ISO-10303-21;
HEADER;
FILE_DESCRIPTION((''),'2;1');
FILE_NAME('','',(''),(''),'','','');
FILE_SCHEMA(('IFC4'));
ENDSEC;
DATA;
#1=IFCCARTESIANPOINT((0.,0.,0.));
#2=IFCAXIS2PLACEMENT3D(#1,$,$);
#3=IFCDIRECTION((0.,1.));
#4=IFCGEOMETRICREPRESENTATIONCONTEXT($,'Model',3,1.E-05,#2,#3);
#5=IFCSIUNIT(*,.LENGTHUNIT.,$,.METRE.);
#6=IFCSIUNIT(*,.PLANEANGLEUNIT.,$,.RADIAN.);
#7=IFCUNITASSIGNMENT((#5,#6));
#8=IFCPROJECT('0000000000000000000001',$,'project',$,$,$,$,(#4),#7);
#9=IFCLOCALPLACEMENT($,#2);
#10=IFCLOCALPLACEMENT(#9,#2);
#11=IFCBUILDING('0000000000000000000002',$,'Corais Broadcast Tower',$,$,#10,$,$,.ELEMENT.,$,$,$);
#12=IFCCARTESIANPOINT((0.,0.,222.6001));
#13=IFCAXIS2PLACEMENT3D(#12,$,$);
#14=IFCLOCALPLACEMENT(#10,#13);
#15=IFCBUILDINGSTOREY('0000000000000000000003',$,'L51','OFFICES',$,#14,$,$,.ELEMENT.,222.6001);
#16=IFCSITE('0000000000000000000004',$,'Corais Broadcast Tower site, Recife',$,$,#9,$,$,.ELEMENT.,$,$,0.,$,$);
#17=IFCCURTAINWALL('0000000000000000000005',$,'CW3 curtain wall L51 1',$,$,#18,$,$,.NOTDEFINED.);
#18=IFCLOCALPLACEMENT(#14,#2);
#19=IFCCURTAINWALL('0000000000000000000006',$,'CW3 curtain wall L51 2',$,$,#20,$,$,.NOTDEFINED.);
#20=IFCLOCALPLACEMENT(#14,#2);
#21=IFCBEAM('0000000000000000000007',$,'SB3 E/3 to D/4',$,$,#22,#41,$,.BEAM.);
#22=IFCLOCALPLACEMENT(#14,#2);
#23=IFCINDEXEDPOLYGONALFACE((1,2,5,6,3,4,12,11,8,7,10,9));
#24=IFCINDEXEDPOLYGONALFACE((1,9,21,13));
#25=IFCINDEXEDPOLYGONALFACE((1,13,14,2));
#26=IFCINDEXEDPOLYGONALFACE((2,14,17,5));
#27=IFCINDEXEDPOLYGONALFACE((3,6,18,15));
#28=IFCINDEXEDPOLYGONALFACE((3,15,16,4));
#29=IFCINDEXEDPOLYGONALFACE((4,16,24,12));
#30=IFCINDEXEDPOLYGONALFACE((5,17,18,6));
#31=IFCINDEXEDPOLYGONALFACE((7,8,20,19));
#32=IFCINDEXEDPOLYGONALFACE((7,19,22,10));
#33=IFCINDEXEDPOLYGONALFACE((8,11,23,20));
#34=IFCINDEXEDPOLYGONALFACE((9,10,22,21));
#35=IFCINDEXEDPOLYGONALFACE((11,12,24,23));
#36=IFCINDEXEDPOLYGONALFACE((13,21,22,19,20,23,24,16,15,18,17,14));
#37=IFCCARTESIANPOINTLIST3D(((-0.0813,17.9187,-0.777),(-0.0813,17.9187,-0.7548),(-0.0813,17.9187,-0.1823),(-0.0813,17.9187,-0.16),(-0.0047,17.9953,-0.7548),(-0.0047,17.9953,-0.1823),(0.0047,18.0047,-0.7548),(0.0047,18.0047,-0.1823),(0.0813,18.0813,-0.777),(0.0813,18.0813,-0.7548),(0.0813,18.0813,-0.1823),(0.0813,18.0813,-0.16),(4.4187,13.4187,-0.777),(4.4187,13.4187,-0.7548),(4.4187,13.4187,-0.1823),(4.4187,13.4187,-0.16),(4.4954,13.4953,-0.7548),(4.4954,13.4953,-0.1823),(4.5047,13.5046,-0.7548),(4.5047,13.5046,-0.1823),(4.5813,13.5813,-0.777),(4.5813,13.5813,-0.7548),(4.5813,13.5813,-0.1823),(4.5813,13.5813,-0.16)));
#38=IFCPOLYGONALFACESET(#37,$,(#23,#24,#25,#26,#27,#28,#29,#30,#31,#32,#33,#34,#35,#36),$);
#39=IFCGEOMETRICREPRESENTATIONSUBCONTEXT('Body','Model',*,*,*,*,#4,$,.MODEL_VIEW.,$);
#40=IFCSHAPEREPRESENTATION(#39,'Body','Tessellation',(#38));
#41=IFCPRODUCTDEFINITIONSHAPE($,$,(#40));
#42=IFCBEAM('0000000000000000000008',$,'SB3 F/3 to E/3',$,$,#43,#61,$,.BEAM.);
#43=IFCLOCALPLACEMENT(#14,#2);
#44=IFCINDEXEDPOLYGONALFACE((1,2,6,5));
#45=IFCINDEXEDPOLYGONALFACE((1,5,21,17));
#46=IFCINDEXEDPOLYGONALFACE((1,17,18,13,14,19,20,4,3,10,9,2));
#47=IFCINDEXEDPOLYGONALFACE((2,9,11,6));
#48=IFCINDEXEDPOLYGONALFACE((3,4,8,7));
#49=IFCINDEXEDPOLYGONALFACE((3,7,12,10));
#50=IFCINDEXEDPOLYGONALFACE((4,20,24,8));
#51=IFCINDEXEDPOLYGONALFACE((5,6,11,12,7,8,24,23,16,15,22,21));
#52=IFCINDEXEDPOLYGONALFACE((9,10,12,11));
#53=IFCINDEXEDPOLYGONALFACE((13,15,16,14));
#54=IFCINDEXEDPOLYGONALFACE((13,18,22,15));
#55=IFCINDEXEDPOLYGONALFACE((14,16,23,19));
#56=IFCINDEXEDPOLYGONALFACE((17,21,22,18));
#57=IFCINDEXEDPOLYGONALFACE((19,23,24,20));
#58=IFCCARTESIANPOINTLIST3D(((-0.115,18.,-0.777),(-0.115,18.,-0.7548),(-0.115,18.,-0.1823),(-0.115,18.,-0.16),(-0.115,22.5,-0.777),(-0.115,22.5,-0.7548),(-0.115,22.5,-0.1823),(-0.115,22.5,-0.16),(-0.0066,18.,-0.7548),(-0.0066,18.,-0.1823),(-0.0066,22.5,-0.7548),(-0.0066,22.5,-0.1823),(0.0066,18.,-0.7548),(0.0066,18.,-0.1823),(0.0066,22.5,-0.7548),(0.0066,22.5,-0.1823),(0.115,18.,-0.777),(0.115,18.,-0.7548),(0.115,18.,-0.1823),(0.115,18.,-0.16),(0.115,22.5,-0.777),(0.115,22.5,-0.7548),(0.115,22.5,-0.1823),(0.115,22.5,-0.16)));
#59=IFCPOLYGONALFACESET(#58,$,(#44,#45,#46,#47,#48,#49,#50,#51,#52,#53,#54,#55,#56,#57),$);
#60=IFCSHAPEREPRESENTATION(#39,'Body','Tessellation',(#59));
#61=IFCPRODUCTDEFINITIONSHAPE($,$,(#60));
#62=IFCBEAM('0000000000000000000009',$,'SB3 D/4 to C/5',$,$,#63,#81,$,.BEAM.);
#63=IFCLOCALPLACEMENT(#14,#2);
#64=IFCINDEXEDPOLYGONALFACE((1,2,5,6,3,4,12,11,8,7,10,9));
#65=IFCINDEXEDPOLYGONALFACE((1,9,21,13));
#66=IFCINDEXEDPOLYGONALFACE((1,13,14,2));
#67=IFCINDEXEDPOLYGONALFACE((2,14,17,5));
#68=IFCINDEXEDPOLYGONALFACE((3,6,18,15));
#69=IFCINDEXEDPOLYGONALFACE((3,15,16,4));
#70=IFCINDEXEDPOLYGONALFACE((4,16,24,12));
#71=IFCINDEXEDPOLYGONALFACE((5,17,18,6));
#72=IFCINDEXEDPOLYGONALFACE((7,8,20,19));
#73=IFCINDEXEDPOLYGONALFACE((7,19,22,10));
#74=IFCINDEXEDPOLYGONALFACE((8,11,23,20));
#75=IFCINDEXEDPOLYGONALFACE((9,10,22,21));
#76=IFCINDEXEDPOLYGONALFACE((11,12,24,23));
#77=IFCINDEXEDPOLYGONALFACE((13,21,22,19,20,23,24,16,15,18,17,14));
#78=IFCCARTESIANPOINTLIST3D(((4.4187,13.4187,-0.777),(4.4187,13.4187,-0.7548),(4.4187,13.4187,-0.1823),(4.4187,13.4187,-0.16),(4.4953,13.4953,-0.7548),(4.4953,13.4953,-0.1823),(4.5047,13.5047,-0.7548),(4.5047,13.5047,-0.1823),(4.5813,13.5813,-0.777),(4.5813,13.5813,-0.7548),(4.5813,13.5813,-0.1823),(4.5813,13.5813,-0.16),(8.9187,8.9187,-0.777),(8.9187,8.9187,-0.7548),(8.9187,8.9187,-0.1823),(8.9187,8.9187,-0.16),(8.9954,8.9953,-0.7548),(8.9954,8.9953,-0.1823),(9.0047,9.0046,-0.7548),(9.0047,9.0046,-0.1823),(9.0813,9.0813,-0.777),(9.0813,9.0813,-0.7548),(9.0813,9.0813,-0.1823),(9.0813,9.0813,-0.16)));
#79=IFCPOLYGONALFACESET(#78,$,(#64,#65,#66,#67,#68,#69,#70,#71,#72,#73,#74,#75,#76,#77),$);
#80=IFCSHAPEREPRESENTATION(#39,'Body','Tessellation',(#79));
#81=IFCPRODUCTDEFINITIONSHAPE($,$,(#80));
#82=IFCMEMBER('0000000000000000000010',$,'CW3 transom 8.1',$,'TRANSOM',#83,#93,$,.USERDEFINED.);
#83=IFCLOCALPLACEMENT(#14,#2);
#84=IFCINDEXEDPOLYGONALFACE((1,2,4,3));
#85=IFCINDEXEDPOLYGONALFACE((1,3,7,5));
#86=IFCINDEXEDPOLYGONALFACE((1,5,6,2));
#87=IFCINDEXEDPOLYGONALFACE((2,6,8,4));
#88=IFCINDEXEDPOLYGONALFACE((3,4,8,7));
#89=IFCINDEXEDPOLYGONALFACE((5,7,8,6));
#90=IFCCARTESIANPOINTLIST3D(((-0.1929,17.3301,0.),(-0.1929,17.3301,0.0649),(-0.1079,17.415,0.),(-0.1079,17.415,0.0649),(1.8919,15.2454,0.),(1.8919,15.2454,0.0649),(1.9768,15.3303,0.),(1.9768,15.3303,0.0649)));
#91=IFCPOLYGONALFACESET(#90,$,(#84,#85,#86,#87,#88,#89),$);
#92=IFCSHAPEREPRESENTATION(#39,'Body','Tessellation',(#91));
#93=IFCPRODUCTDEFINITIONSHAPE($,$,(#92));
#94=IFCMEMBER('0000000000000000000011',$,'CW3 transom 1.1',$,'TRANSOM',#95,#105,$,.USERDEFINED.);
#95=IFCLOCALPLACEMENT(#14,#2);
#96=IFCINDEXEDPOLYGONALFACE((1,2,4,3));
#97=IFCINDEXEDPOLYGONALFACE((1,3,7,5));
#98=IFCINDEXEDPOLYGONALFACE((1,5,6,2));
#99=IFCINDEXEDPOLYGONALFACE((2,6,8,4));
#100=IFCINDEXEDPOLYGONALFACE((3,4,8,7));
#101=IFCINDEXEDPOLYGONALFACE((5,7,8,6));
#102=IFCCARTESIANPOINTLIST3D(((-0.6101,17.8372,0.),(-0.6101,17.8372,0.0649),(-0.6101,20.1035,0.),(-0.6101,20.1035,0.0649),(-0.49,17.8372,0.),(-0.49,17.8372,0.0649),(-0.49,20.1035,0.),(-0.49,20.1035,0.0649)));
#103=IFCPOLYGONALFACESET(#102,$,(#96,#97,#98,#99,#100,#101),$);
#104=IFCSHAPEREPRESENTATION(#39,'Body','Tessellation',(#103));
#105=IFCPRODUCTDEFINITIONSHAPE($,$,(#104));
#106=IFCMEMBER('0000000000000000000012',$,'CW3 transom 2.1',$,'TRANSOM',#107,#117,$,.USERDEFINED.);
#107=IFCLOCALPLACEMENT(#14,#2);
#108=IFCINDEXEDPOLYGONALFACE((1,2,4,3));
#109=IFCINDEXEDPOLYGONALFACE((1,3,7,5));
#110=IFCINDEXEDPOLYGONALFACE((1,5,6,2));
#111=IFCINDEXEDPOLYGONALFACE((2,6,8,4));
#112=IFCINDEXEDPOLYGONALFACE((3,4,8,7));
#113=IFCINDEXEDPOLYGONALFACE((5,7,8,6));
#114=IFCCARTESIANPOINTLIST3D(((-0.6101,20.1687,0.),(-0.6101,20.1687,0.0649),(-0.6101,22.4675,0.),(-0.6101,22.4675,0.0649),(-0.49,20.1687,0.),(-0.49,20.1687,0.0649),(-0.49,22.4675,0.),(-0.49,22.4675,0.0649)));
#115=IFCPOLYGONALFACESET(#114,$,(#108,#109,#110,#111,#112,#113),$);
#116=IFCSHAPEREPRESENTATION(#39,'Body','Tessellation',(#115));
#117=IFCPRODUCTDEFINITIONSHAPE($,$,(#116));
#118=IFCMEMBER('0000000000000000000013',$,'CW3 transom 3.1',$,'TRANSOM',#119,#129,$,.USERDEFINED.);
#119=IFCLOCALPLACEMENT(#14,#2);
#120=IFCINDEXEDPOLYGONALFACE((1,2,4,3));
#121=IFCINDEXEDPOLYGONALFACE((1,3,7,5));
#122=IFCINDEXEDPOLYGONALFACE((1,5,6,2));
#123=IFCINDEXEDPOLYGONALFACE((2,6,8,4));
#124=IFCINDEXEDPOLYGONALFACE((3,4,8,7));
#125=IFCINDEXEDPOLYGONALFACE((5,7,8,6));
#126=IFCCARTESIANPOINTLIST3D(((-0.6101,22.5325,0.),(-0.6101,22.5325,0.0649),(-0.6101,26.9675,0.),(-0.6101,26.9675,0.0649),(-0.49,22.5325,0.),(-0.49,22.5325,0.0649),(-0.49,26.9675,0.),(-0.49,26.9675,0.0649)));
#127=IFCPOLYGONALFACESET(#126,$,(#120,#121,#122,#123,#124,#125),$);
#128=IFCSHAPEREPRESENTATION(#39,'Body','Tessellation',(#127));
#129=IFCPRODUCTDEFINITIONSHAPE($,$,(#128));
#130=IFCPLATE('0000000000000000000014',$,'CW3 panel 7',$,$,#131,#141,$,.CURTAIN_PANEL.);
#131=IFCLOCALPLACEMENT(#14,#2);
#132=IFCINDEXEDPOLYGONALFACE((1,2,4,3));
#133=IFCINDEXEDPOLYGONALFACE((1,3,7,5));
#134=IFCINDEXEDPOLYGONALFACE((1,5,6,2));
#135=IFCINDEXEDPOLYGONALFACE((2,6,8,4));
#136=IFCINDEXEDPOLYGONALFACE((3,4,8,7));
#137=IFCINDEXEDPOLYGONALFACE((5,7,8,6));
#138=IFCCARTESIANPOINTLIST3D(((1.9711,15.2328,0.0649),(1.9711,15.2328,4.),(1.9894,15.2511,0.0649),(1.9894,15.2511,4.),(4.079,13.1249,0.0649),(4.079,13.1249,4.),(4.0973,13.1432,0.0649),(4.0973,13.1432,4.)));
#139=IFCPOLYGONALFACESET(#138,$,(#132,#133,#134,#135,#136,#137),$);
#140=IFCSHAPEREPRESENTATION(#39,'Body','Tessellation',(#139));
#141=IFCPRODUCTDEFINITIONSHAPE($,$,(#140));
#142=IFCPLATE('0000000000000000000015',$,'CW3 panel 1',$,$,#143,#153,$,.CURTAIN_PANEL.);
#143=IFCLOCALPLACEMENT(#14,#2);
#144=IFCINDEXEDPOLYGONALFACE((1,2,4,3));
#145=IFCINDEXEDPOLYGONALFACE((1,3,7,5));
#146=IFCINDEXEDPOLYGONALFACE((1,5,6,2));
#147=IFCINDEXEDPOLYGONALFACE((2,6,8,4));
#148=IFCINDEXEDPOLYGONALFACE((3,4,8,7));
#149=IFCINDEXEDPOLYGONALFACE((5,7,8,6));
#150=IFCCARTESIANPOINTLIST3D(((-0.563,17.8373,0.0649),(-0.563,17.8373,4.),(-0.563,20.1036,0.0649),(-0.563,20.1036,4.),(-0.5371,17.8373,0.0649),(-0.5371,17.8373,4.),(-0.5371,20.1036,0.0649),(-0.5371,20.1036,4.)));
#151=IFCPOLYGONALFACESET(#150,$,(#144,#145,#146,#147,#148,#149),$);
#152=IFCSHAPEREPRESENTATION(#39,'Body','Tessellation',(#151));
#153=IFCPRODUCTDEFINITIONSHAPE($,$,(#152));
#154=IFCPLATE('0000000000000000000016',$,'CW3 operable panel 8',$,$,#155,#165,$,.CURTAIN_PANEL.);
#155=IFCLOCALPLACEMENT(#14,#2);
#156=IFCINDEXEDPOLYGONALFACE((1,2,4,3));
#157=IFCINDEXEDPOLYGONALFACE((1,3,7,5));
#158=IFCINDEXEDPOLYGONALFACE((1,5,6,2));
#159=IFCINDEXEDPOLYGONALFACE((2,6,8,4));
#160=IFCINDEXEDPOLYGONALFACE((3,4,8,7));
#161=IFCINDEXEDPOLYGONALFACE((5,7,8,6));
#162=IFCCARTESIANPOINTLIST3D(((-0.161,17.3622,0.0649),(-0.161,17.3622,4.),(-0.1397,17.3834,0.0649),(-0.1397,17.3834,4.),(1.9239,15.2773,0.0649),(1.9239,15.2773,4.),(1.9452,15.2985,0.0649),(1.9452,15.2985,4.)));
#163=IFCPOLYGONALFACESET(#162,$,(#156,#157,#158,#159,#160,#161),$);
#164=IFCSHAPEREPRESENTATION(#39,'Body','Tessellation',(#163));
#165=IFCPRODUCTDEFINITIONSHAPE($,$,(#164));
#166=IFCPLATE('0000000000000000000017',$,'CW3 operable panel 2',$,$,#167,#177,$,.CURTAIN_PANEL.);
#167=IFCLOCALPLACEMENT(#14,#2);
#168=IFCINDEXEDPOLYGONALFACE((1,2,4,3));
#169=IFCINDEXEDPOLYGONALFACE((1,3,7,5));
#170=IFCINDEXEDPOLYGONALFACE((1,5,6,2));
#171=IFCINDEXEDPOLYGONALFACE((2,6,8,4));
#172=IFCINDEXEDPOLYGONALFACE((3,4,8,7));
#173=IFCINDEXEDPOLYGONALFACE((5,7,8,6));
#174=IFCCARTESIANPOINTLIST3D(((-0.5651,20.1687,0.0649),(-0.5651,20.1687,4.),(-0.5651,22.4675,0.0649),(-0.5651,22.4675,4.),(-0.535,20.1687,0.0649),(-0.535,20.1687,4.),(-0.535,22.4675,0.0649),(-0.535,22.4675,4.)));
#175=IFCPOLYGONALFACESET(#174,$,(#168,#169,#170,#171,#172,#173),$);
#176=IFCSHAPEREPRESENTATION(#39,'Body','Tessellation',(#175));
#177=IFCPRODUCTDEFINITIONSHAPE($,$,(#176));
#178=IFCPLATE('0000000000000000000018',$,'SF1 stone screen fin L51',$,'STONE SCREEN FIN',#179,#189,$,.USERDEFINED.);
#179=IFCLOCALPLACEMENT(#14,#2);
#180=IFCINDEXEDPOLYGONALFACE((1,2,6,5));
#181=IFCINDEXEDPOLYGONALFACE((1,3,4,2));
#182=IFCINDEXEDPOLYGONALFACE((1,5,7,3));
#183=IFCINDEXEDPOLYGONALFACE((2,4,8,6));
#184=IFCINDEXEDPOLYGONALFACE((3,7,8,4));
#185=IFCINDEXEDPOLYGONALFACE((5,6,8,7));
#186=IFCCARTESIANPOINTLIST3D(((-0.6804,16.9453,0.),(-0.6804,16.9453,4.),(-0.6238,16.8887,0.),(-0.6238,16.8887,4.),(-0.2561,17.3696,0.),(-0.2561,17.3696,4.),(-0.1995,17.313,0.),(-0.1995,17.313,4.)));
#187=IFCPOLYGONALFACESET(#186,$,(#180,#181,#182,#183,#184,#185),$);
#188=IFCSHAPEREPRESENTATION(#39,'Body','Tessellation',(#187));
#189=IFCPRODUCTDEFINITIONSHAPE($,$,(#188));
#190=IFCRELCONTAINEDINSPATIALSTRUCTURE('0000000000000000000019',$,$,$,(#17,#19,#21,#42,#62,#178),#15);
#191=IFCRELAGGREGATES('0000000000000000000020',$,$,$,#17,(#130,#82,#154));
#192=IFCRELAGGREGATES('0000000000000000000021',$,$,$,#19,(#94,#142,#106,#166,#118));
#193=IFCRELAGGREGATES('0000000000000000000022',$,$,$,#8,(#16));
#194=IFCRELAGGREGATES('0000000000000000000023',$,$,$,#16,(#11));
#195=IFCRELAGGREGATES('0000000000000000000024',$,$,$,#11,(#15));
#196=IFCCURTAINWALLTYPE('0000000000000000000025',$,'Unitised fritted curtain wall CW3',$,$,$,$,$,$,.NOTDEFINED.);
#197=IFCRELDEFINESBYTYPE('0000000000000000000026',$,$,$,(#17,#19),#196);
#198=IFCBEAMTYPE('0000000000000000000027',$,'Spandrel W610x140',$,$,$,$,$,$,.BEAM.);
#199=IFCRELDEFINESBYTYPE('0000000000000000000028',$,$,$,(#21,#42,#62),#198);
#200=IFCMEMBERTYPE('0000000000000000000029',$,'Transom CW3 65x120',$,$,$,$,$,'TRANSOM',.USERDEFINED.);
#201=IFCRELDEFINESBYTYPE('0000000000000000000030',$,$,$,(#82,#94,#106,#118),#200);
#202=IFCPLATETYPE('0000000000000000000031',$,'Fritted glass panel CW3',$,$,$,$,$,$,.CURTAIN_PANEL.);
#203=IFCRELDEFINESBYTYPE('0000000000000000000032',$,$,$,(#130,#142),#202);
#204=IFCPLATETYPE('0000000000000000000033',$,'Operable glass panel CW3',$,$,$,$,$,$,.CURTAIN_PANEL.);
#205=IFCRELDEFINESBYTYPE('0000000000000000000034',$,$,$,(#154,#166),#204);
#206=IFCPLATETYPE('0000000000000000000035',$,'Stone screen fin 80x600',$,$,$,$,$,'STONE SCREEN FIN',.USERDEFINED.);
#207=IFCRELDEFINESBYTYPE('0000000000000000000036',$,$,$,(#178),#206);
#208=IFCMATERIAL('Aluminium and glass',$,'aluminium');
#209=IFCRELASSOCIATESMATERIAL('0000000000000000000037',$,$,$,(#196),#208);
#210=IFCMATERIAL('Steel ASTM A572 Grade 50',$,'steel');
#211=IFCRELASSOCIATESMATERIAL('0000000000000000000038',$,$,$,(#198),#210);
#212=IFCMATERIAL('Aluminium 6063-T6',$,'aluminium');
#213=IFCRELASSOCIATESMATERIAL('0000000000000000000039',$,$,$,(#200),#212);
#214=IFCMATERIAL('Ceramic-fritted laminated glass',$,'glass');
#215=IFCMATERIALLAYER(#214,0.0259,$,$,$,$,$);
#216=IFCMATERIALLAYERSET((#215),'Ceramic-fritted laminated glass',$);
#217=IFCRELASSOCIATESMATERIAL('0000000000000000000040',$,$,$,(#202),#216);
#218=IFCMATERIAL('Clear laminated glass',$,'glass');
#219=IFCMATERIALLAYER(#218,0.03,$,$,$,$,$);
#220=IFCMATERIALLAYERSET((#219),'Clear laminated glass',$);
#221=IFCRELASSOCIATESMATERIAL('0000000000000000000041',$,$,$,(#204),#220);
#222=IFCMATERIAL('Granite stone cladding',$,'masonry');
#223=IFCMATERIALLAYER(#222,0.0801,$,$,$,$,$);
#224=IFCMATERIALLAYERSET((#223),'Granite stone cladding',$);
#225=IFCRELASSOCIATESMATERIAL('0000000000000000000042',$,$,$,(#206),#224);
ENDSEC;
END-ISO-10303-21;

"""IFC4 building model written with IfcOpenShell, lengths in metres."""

from ifc_helpers import new_model, si_unit, direction, frame, origin, origin_2d, place, context, subcontext, project, spatial, rectangle, i_section, extrude, material, layer, layer_set, material_profile, profile_set, type_object, element, aggregate, save


model = new_model("IFC4")

# Units and contexts
model_context = context("Model", 3, precision=1e-05, world=origin(), true_north=direction((0.0, 1.0)))
body_context = subcontext(model_context, "Body", "Model", "MODEL_VIEW")
ifc_project = project(units=[si_unit("LENGTHUNIT", "METRE"), si_unit("PLANEANGLEUNIT", "RADIAN")], contexts=[model_context])

# Site, building, storey
site_placement = place(None, origin())
site = spatial("IfcSite", under=ifc_project, at=site_placement, Name="Corais Broadcast Tower site, Recife", CompositionType="ELEMENT", RefElevation=0.0)
building_placement = place(site_placement, origin())
building = spatial("IfcBuilding", under=site, at=building_placement, Name="Corais Broadcast Tower", CompositionType="ELEMENT")
storey_placement = place(building_placement, frame((0.0, 0.0, 222.6001)))
storey = spatial("IfcBuildingStorey", under=building, at=storey_placement, Name="L51", Description="OFFICES", CompositionType="ELEMENT", Elevation=222.6001)

# Curtain walls
ifc_material_1 = material(Name="Aluminium and glass", Category="aluminium")
curtain_wall_type = type_object("IfcCurtainWallType", Name="Unitised fritted curtain wall CW3", PredefinedType="NOTDEFINED", material=ifc_material_1)
curtain_wall_1_placement = place(storey_placement, origin())
curtain_wall_1 = element("IfcCurtainWall", 1, at=curtain_wall_1_placement, inside=storey, type_object=curtain_wall_type, Name="CW3 curtain wall L51 1", PredefinedType="NOTDEFINED")
curtain_wall_2_placement = place(storey_placement, origin())
curtain_wall_2 = element("IfcCurtainWall", 2, at=curtain_wall_2_placement, inside=storey, type_object=curtain_wall_type, Name="CW3 curtain wall L51 2", PredefinedType="NOTDEFINED")

# Beams
ifc_material_2 = material(Name="Steel ASTM A572 Grade 50", Category="steel")
ifc_material_profile_1 = material_profile(ifc_material_2, i_section(OverallWidth=0.23, OverallDepth=0.6169, WebThickness=0.0132, FlangeThickness=0.0222, at=origin_2d()), Name="W610x140")
ifc_profile_set_1 = profile_set([ifc_material_profile_1], Name="Steel ASTM A572 Grade 50")
beam_type_1 = type_object("IfcBeamType", Name="Spandrel W610x140", PredefinedType="BEAM", material=ifc_profile_set_1)
beam_1_placement = place(storey_placement, frame((0.0, 18.0, -0.4685), z_axis=(0.707107, -0.707107, 0.0), x_axis=(0.707107, 0.707107, 0.0)))
element("IfcBeam", 3, at=beam_1_placement, inside=storey, type_object=beam_type_1, Name="SB3 E/3 to D/4", PredefinedType="BEAM", context=body_context, shape_type="SweptSolid", body=[
    extrude(i_section(OverallWidth=0.23, OverallDepth=0.6169, WebThickness=0.0132, FlangeThickness=0.0222, at=origin_2d()), origin(), (0.0, 0.0, 1.0), 6.364),
])
beam_2_placement = place(storey_placement, frame((0.0, 22.5, -0.4685), z_axis=(0.0, -1.0, 0.0), x_axis=(1.0, 0.0, 0.0)))
element("IfcBeam", 4, at=beam_2_placement, inside=storey, type_object=beam_type_1, Name="SB3 F/3 to E/3", PredefinedType="BEAM", context=body_context, shape_type="SweptSolid", body=[
    extrude(i_section(OverallWidth=0.23, OverallDepth=0.6169, WebThickness=0.0132, FlangeThickness=0.0222, at=origin_2d()), origin(), (0.0, 0.0, 1.0), 4.5),
])
beam_3_placement = place(storey_placement, frame((4.5, 13.5, -0.4685), z_axis=(0.707107, -0.707107, 0.0), x_axis=(0.707107, 0.707107, 0.0)))
element("IfcBeam", 5, at=beam_3_placement, inside=storey, type_object=beam_type_1, Name="SB3 D/4 to C/5", PredefinedType="BEAM", context=body_context, shape_type="SweptSolid", body=[
    extrude(i_section(OverallWidth=0.23, OverallDepth=0.6169, WebThickness=0.0132, FlangeThickness=0.0222, at=origin_2d()), origin(), (0.0, 0.0, 1.0), 6.364),
])

# Members
ifc_material_3 = material(Name="Aluminium 6063-T6", Category="aluminium")
ifc_material_profile_2 = material_profile(ifc_material_3, rectangle(XDim=0.1201, YDim=0.0649, at=origin_2d()), Name="Transom CW3 65x120")
ifc_profile_set_2 = profile_set([ifc_material_profile_2], Name="Aluminium 6063-T6")
member_type_1 = type_object("IfcMemberType", Name="Transom CW3 65x120", ElementType="TRANSOM", PredefinedType="USERDEFINED", material=ifc_profile_set_2)
member_1_placement = place(storey_placement, frame((1.9343, 15.2878, 0.0325), z_axis=(-0.707107, 0.707107, 0.0), x_axis=(-0.707107, -0.707107, 0.0)))
member_1 = element("IfcMember", 6, at=member_1_placement, type_object=member_type_1, Name="CW3 transom 8.1", ObjectType="TRANSOM", PredefinedType="USERDEFINED", context=body_context, shape_type="SweptSolid", body=[
    extrude(rectangle(XDim=0.1201, YDim=0.0649, at=origin_2d()), origin(), (0.0, 0.0, 1.0), 2.9482),
])
member_2_placement = place(storey_placement, frame((-0.55, 17.8372, 0.0325), z_axis=(0.0, 1.0, 0.0), x_axis=(-1.0, 0.0, 0.0)))
member_2 = element("IfcMember", 7, at=member_2_placement, type_object=member_type_1, Name="CW3 transom 1.1", ObjectType="TRANSOM", PredefinedType="USERDEFINED", context=body_context, shape_type="SweptSolid", body=[
    extrude(rectangle(XDim=0.1201, YDim=0.0649, at=origin_2d()), origin(), (0.0, 0.0, 1.0), 2.2664),
])
member_3_placement = place(storey_placement, frame((-0.55, 20.1687, 0.0325), z_axis=(0.0, 1.0, 0.0), x_axis=(-1.0, 0.0, 0.0)))
member_3 = element("IfcMember", 8, at=member_3_placement, type_object=member_type_1, Name="CW3 transom 2.1", ObjectType="TRANSOM", PredefinedType="USERDEFINED", context=body_context, shape_type="SweptSolid", body=[
    extrude(rectangle(XDim=0.1201, YDim=0.0649, at=origin_2d()), origin(), (0.0, 0.0, 1.0), 2.2988),
])
member_4_placement = place(storey_placement, frame((-0.55, 22.5325, 0.0325), z_axis=(0.0, 1.0, 0.0), x_axis=(-1.0, 0.0, 0.0)))
member_4 = element("IfcMember", 9, at=member_4_placement, type_object=member_type_1, Name="CW3 transom 3.1", ObjectType="TRANSOM", PredefinedType="USERDEFINED", context=body_context, shape_type="SweptSolid", body=[
    extrude(rectangle(XDim=0.1201, YDim=0.0649, at=origin_2d()), origin(), (0.0, 0.0, 1.0), 4.4351),
])

# Plates
ifc_material_4 = material(Name="Ceramic-fritted laminated glass", Category="glass")
ifc_layer_1 = layer(ifc_material_4, 0.0259)
ifc_layer_set_1 = layer_set([ifc_layer_1], Name="Ceramic-fritted laminated glass")
plate_type_1 = type_object("IfcPlateType", Name="Fritted glass panel CW3", PredefinedType="CURTAIN_PANEL", material=ifc_layer_set_1)
plate_1_placement = place(storey_placement, frame((3.0342, 14.188, 0.0649), z_axis=(0.0, 0.0, 1.0), x_axis=(-0.707107, 0.707107, 0.0)))
plate_1 = element("IfcPlate", 10, at=plate_1_placement, type_object=plate_type_1, Name="CW3 panel 7", PredefinedType="CURTAIN_PANEL", context=body_context, shape_type="SweptSolid", body=[
    extrude(rectangle(XDim=2.981, YDim=0.0259, at=origin_2d()), origin(), (0.0, 0.0, 1.0), 3.9351),
])
plate_2_placement = place(storey_placement, frame((-0.55, 18.9705, 0.0649), z_axis=(0.0, 0.0, 1.0), x_axis=(0.0, 1.0, 0.0)))
plate_2 = element("IfcPlate", 11, at=plate_2_placement, type_object=plate_type_1, Name="CW3 panel 1", PredefinedType="CURTAIN_PANEL", context=body_context, shape_type="SweptSolid", body=[
    extrude(rectangle(XDim=2.2664, YDim=0.0259, at=origin_2d()), origin(), (0.0, 0.0, 1.0), 3.9351),
])
ifc_material_5 = material(Name="Clear laminated glass", Category="glass")
ifc_layer_2 = layer(ifc_material_5, 0.03)
ifc_layer_set_2 = layer_set([ifc_layer_2], Name="Clear laminated glass")
plate_type_2 = type_object("IfcPlateType", Name="Operable glass panel CW3", PredefinedType="CURTAIN_PANEL", material=ifc_layer_set_2)
plate_3_placement = place(storey_placement, frame((0.8921, 16.3303, 0.0649), z_axis=(0.0, 0.0, 1.0), x_axis=(-0.707107, 0.707107, 0.0)))
plate_3 = element("IfcPlate", 12, at=plate_3_placement, type_object=plate_type_2, Name="CW3 operable panel 8", PredefinedType="CURTAIN_PANEL", context=body_context, shape_type="SweptSolid", body=[
    extrude(rectangle(XDim=2.9485, YDim=0.03, at=origin_2d()), origin(), (0.0, 0.0, 1.0), 3.9351),
])
aggregate(curtain_wall_1, [plate_1, member_1, plate_3])
plate_4_placement = place(storey_placement, frame((-0.55, 21.3181, 0.0649), z_axis=(0.0, 0.0, 1.0), x_axis=(0.0, 1.0, 0.0)))
plate_4 = element("IfcPlate", 13, at=plate_4_placement, type_object=plate_type_2, Name="CW3 operable panel 2", PredefinedType="CURTAIN_PANEL", context=body_context, shape_type="SweptSolid", body=[
    extrude(rectangle(XDim=2.2988, YDim=0.03, at=origin_2d()), origin(), (0.0, 0.0, 1.0), 3.9351),
])
aggregate(curtain_wall_2, [member_2, plate_2, member_3, plate_4, member_4])
ifc_material_6 = material(Name="Granite stone cladding", Category="masonry")
ifc_layer_3 = layer(ifc_material_6, 0.0801)
ifc_layer_set_3 = layer_set([ifc_layer_3], Name="Granite stone cladding")
plate_type_3 = type_object("IfcPlateType", Name="Stone screen fin 80x600", ElementType="STONE SCREEN FIN", PredefinedType="USERDEFINED", material=ifc_layer_set_3)
plate_5_placement = place(storey_placement, frame((-0.4399, 17.1292, 0.0), z_axis=(0.0, 0.0, 1.0), x_axis=(-0.707107, 0.707107, 0.0)))
element("IfcPlate", 14, at=plate_5_placement, inside=storey, type_object=plate_type_3, Name="SF1 stone screen fin L51", ObjectType="STONE SCREEN FIN", PredefinedType="USERDEFINED", context=body_context, shape_type="SweptSolid", body=[
    extrude(rectangle(XDim=0.0801, YDim=0.6001, at=origin_2d()), origin(), (0.0, 0.0, 1.0), 4.0),
])

save(model, "model.ifc")
